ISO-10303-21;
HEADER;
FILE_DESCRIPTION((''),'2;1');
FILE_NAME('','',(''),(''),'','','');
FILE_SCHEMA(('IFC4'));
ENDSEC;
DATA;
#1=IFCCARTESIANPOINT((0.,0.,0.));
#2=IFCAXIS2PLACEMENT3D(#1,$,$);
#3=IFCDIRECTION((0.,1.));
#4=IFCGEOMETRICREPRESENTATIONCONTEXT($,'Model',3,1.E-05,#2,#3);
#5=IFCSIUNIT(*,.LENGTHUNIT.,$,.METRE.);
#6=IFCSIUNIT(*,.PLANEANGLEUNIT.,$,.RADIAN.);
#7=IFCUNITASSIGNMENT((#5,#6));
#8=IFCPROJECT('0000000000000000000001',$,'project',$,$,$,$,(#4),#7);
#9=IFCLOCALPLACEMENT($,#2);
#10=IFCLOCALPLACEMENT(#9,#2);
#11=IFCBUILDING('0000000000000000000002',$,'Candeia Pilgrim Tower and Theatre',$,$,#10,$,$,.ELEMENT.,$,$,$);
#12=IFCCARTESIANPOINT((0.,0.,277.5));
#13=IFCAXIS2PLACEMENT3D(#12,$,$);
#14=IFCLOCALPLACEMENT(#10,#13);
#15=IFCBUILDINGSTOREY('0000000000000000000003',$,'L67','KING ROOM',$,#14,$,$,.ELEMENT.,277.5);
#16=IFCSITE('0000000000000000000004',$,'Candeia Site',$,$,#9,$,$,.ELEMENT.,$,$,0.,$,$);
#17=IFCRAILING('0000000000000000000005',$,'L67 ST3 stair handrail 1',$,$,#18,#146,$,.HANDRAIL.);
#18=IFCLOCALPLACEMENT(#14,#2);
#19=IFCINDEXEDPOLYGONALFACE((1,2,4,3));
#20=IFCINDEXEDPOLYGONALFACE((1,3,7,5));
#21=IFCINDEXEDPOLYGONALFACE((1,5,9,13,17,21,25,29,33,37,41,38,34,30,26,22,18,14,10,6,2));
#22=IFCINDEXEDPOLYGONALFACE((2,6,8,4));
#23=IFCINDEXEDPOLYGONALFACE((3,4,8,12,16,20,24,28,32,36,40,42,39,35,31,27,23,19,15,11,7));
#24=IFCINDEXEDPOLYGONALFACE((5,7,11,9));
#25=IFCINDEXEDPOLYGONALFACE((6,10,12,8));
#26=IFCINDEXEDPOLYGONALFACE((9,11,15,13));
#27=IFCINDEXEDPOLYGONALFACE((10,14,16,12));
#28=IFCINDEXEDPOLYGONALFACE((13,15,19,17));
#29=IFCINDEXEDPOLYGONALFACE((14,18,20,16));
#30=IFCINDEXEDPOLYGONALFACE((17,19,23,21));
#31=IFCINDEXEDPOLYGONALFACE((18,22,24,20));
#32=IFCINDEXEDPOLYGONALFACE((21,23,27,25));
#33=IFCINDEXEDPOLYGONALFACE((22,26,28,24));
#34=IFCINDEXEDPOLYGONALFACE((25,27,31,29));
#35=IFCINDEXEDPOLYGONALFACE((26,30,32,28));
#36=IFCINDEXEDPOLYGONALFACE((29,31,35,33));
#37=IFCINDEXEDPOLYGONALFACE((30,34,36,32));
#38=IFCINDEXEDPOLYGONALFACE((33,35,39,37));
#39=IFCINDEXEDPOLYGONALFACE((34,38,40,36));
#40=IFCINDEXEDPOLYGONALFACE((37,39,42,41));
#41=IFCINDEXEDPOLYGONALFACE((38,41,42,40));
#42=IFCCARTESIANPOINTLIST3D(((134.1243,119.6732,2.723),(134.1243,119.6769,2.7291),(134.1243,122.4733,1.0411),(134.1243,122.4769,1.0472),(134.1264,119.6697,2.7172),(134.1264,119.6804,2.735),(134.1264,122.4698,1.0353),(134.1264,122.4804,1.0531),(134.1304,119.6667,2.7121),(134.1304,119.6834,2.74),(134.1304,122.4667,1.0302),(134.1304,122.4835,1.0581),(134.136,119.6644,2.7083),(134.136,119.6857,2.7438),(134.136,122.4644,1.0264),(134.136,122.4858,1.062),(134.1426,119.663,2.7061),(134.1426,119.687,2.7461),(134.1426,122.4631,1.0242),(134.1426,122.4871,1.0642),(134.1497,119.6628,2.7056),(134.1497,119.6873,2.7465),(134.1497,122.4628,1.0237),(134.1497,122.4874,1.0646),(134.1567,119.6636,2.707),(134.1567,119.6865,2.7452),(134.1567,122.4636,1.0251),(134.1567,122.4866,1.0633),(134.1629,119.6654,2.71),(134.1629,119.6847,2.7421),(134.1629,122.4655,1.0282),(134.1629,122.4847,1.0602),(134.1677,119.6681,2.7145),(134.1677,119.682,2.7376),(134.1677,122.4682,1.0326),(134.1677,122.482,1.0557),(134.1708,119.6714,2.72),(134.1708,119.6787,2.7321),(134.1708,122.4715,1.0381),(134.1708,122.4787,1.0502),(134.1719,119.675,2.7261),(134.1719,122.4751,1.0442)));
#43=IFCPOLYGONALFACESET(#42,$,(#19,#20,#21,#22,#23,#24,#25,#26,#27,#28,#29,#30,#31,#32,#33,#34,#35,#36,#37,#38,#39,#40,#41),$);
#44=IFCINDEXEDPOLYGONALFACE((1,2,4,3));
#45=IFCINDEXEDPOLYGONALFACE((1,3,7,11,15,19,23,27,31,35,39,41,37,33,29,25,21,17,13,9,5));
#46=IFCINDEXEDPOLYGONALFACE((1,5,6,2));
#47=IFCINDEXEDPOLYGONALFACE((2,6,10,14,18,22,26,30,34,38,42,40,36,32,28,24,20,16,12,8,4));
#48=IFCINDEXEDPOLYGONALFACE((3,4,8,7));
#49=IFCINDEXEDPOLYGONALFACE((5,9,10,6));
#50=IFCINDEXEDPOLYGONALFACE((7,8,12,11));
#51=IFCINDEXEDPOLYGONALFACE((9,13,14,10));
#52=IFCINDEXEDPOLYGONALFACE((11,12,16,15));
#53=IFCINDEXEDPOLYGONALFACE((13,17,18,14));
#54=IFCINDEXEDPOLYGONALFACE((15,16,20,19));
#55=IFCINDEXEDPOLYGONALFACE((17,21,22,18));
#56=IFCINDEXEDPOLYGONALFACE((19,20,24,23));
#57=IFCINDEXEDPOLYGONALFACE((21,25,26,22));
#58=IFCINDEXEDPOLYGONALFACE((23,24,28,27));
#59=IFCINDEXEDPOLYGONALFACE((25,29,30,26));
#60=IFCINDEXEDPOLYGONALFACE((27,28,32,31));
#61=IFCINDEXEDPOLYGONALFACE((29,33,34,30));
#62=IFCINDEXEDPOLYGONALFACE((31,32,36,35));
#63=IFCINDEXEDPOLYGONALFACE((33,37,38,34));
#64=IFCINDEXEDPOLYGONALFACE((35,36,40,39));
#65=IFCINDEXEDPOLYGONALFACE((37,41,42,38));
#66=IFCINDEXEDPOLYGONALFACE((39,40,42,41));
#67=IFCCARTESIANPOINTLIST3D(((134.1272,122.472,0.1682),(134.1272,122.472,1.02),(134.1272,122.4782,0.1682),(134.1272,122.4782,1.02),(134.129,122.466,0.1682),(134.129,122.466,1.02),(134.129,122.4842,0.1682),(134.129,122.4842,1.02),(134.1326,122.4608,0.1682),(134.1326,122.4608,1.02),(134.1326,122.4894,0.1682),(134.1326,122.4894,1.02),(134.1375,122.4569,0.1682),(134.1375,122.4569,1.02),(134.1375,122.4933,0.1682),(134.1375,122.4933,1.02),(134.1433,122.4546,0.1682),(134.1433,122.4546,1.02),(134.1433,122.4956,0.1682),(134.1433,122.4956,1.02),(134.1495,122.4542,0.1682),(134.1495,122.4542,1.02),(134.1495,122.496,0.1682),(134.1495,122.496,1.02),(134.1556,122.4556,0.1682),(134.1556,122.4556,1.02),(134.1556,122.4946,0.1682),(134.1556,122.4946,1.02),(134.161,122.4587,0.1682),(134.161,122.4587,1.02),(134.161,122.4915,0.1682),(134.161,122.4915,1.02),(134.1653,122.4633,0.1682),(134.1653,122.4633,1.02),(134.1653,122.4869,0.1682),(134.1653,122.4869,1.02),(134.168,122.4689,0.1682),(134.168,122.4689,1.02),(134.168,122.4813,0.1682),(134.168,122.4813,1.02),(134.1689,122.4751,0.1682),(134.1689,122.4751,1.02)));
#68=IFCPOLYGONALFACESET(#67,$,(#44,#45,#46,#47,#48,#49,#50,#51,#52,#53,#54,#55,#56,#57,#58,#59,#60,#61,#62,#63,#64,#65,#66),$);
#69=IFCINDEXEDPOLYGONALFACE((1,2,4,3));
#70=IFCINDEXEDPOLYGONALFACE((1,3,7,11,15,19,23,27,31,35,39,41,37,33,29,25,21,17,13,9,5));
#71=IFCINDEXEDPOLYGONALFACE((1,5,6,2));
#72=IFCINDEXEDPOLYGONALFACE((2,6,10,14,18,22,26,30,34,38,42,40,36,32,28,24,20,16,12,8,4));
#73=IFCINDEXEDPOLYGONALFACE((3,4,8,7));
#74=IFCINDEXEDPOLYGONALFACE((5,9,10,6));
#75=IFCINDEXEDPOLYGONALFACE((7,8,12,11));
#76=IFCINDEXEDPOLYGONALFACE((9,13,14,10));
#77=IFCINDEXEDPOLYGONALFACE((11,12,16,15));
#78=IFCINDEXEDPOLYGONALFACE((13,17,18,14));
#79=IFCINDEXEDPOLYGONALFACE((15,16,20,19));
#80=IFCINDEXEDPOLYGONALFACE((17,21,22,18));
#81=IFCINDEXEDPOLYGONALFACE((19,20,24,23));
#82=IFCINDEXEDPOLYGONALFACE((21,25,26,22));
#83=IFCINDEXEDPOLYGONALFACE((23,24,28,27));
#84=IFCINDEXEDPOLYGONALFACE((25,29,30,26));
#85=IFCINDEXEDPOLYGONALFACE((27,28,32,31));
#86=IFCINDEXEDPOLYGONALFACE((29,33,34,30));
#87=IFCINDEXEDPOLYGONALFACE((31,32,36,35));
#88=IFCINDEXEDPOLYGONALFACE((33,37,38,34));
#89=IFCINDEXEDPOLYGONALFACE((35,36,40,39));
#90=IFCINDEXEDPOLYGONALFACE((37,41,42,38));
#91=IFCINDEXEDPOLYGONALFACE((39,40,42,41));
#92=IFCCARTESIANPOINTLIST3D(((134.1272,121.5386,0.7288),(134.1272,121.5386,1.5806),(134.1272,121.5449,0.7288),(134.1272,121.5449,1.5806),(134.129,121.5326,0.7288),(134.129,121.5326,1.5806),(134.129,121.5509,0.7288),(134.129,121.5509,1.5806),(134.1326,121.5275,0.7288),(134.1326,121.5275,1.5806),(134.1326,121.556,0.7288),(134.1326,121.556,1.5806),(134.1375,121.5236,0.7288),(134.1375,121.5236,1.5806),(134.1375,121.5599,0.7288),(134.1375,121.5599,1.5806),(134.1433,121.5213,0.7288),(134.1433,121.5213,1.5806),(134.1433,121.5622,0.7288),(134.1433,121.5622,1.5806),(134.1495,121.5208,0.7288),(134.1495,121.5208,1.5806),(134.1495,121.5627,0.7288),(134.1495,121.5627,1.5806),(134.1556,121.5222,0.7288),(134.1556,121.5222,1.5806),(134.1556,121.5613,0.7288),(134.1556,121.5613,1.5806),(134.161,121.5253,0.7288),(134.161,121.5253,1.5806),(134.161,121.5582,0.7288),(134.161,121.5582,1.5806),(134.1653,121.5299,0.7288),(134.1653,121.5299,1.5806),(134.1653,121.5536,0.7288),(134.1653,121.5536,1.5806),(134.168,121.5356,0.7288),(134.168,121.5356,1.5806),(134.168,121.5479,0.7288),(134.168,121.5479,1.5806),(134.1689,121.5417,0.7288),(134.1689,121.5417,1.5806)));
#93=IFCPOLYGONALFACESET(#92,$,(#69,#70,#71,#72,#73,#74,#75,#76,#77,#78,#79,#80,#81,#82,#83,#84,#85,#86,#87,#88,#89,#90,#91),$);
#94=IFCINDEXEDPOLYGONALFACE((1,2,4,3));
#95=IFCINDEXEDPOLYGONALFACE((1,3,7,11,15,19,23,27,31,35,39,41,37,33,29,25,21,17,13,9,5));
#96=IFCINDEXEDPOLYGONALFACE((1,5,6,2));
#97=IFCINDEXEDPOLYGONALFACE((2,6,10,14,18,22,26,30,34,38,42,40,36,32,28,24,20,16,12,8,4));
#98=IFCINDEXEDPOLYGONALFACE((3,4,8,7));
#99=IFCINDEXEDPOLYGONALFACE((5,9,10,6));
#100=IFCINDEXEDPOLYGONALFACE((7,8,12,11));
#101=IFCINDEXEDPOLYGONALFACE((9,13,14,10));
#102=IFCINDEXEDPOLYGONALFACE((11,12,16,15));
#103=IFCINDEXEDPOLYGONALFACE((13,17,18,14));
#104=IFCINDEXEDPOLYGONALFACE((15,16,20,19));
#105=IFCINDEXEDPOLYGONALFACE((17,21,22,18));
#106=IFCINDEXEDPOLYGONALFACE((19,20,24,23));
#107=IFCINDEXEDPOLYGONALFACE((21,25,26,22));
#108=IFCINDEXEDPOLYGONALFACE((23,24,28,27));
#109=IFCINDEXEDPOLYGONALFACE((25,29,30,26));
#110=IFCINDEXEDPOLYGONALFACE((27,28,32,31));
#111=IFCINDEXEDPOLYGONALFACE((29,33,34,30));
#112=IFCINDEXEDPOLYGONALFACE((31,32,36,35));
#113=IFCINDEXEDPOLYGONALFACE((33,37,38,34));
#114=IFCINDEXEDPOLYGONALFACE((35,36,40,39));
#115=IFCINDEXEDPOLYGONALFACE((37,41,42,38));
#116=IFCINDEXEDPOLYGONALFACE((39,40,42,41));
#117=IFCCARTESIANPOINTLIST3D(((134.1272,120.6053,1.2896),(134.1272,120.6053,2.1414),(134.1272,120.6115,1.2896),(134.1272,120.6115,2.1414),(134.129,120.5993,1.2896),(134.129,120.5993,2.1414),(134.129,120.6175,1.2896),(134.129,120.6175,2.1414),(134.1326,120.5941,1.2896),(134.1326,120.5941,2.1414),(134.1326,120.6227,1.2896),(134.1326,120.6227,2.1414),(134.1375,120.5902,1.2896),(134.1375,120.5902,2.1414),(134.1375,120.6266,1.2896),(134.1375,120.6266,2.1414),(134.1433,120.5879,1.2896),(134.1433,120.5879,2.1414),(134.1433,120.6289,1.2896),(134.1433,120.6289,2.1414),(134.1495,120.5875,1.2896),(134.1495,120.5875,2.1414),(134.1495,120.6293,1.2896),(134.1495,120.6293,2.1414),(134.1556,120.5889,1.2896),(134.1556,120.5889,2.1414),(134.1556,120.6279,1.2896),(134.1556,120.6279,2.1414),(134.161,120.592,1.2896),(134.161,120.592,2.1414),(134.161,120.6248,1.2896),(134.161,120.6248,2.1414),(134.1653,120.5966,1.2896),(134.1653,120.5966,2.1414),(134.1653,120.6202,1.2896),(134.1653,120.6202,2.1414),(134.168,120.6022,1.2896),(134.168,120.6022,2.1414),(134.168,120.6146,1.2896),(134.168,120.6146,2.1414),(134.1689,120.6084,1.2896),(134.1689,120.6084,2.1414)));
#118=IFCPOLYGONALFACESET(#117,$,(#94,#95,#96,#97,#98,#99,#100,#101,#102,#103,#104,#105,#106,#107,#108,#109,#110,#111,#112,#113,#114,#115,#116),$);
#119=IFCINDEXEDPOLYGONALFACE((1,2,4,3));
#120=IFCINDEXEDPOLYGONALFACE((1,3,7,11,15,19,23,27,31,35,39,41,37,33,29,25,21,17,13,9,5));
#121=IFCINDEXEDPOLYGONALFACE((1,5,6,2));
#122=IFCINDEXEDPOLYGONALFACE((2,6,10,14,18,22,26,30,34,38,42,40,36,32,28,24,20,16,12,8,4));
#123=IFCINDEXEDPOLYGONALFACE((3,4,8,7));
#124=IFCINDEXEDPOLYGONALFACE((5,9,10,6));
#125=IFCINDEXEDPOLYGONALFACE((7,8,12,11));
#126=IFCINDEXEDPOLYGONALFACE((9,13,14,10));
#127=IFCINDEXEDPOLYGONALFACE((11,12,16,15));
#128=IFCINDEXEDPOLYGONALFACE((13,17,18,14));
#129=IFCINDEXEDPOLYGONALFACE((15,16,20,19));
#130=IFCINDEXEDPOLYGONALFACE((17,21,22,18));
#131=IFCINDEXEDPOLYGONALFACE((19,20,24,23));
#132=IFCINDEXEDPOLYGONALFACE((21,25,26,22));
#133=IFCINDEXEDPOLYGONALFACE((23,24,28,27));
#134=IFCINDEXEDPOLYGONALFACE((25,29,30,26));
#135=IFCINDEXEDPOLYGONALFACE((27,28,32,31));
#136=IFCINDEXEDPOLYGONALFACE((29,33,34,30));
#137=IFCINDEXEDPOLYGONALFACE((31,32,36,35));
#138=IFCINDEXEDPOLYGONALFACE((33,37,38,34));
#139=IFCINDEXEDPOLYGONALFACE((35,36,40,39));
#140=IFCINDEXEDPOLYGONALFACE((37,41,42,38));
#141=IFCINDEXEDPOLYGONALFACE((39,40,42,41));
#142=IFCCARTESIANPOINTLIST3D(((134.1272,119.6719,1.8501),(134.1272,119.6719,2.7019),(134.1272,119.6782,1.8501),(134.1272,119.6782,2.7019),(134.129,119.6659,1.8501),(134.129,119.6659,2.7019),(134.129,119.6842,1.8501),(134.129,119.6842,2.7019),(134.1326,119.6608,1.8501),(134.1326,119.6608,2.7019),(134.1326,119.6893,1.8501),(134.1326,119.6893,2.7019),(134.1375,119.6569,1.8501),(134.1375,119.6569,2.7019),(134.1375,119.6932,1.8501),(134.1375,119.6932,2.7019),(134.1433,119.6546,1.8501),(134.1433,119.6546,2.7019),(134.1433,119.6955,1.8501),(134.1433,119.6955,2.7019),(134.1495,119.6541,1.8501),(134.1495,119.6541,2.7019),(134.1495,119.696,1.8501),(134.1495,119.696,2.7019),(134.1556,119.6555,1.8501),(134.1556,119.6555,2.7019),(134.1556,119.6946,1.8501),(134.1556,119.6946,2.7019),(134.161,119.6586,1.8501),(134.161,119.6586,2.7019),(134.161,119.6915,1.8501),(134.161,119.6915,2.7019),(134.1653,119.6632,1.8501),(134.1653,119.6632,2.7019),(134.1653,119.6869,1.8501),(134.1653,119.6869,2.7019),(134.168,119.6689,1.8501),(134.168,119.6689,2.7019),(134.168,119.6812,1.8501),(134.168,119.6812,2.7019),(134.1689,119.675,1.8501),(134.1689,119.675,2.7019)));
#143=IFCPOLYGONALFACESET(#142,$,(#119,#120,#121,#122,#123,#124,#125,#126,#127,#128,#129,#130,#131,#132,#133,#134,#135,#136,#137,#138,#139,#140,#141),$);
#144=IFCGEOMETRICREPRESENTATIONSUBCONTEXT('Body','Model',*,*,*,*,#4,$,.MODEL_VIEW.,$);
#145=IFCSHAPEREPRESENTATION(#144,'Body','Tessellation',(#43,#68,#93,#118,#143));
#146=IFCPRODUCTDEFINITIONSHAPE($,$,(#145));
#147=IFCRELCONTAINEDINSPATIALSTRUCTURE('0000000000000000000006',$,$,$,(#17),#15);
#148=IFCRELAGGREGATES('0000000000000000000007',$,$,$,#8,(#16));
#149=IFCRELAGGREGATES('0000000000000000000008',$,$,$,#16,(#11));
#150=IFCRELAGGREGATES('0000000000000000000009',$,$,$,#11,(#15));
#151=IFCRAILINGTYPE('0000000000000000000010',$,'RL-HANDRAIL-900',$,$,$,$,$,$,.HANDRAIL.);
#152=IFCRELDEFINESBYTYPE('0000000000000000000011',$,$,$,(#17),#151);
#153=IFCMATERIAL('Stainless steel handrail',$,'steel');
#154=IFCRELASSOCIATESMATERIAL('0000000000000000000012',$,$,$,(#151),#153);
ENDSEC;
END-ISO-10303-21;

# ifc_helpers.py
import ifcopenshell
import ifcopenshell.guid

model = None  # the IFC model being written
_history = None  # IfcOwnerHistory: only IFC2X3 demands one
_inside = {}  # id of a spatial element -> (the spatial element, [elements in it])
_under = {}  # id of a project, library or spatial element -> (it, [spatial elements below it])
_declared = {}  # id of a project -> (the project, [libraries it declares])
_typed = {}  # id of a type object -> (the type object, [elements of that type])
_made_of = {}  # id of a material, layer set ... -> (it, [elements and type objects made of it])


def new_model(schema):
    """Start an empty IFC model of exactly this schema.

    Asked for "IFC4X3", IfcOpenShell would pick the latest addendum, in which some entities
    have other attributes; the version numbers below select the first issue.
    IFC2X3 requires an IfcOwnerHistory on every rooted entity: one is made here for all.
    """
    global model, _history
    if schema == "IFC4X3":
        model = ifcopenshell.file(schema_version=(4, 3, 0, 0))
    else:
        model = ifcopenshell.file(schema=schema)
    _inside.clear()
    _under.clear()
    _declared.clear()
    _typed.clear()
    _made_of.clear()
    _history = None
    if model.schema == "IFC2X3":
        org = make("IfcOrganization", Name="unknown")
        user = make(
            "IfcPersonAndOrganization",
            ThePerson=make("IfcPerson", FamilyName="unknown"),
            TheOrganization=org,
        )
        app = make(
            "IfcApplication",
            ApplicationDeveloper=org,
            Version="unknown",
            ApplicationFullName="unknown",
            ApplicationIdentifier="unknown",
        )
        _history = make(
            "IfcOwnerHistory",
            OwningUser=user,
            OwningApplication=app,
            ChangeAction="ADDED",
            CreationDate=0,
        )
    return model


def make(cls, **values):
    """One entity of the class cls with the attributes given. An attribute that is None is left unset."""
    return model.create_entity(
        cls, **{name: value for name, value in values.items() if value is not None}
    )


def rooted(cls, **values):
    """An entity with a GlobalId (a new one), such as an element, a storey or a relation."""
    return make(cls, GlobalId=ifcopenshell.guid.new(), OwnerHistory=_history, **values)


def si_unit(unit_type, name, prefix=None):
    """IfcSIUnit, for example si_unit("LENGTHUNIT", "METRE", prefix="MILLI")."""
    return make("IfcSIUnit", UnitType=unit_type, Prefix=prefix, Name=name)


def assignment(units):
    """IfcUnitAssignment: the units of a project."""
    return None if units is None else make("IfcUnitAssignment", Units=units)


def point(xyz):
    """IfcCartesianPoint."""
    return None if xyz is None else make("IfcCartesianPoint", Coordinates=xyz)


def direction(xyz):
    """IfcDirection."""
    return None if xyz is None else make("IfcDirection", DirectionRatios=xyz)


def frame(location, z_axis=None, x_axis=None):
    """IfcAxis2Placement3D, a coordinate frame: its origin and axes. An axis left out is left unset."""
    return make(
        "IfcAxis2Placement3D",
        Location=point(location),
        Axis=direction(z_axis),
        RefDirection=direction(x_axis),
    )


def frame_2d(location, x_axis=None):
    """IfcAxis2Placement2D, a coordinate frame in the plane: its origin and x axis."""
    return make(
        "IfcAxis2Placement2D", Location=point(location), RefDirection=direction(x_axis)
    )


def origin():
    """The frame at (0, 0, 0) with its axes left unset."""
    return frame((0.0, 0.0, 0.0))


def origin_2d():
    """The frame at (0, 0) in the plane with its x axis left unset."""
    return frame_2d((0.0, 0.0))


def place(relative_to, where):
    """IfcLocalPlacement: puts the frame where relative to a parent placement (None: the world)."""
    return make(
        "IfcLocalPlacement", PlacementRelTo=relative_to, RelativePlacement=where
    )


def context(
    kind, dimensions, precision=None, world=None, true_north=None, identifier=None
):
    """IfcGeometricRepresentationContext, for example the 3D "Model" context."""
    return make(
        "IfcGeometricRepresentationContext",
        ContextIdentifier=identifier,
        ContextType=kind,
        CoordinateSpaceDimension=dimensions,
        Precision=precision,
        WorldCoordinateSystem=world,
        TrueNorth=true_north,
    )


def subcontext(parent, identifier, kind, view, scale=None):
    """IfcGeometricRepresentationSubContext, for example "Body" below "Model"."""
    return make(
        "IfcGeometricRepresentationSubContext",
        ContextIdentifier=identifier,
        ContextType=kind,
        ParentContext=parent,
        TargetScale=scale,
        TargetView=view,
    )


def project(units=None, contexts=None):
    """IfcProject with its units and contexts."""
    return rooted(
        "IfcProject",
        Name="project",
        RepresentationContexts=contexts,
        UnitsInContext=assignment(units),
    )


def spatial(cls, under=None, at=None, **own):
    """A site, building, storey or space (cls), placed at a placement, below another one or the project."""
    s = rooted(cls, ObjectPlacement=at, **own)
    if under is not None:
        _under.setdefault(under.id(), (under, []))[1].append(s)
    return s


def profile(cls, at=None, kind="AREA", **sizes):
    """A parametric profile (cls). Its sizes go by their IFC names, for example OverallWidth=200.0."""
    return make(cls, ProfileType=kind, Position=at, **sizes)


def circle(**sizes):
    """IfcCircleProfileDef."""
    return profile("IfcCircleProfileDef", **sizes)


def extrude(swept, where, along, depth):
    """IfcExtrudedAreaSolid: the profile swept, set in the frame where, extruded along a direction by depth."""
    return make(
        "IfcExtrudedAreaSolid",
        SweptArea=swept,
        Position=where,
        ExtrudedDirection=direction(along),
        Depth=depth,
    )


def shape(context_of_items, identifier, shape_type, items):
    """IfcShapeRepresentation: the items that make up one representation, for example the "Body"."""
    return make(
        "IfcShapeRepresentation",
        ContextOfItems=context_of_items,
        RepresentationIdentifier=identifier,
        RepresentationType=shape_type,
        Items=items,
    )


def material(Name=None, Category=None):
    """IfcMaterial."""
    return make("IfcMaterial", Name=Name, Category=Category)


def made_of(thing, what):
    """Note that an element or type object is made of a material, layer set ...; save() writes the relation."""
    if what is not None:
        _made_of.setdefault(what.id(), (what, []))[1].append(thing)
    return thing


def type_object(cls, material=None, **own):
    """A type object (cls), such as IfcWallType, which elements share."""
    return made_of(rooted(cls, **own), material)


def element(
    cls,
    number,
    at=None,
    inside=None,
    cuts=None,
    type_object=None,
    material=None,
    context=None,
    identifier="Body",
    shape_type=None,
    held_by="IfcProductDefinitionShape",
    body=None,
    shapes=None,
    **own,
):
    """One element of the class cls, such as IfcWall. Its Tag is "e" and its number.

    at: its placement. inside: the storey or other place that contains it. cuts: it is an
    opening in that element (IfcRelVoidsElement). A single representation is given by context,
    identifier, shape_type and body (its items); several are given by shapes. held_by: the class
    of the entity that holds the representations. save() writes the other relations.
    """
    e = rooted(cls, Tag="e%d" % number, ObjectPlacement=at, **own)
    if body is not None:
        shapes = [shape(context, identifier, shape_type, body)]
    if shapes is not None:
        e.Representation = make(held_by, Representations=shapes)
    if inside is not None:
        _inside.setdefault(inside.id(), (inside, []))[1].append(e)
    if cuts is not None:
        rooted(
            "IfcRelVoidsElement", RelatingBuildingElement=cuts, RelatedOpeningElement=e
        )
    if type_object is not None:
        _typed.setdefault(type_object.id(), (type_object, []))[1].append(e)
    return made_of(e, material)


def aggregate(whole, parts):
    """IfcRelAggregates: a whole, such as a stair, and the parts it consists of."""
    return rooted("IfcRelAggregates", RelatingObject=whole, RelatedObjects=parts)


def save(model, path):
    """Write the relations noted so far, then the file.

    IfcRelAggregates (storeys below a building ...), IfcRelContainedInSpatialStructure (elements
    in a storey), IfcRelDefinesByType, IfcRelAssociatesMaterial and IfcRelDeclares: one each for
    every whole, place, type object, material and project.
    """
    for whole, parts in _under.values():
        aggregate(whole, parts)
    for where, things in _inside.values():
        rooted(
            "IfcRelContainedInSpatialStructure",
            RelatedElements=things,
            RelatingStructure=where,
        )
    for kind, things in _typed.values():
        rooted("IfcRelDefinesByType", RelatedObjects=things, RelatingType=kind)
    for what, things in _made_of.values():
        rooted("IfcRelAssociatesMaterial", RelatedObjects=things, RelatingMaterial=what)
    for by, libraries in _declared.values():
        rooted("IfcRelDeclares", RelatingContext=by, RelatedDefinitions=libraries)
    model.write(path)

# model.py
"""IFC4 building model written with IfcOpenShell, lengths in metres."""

from ifc_helpers import new_model, si_unit, direction, frame, origin, origin_2d, place, context, subcontext, project, spatial, circle, extrude, material, type_object, element, save


model = new_model("IFC4")

# Units and contexts
model_context = context("Model", 3, precision=1e-05, world=origin(), true_north=direction((0.0, 1.0)))
body_context = subcontext(model_context, "Body", "Model", "MODEL_VIEW")
ifc_project = project(units=[si_unit("LENGTHUNIT", "METRE"), si_unit("PLANEANGLEUNIT", "RADIAN")], contexts=[model_context])

# Site, building, storey
site_placement = place(None, origin())
site = spatial("IfcSite", under=ifc_project, at=site_placement, Name="Candeia Site", CompositionType="ELEMENT", RefElevation=0.0)
building_placement = place(site_placement, origin())
building = spatial("IfcBuilding", under=site, at=building_placement, Name="Candeia Pilgrim Tower and Theatre", CompositionType="ELEMENT")
storey_placement = place(building_placement, frame((0.0, 0.0, 277.5)))
storey = spatial("IfcBuildingStorey", under=building, at=storey_placement, Name="L67", Description="KING ROOM", CompositionType="ELEMENT", Elevation=277.5)

# Railing
ifc_material_1 = material(Name="Stainless steel handrail", Category="steel")
railing_type_1 = type_object("IfcRailingType", Name="RL-HANDRAIL-900", PredefinedType="HANDRAIL", material=ifc_material_1)
railing_1_placement = place(storey_placement, frame((134.1479, 122.4751, 0.1682)))
element("IfcRailing", 1, at=railing_1_placement, inside=storey, type_object=railing_type_1, Name="L67 ST3 stair handrail 1", PredefinedType="HANDRAIL", context=body_context, shape_type="SweptSolid", body=[
    extrude(circle(Radius=0.0239, at=origin_2d()), frame((0.0, 0.0, 0.876), z_axis=(0.0, -0.857242, 0.514913), x_axis=(1.0, 0.0, 0.0)), (0.0, 0.0, 1.0), 3.2664),
    extrude(circle(Radius=0.021, at=origin_2d()), origin(), (0.0, 0.0, 1.0), 0.8518),
    extrude(circle(Radius=0.021, at=origin_2d()), frame((0.0, -0.9333, 0.5605)), (0.0, 0.0, 1.0), 0.8518),
    extrude(circle(Radius=0.021, at=origin_2d()), frame((0.0, -1.8667, 1.1213)), (0.0, 0.0, 1.0), 0.8518),
    extrude(circle(Radius=0.021, at=origin_2d()), frame((0.0, -2.8, 1.6819)), (0.0, 0.0, 1.0), 0.8518),
])

save(model, "model.ifc")
